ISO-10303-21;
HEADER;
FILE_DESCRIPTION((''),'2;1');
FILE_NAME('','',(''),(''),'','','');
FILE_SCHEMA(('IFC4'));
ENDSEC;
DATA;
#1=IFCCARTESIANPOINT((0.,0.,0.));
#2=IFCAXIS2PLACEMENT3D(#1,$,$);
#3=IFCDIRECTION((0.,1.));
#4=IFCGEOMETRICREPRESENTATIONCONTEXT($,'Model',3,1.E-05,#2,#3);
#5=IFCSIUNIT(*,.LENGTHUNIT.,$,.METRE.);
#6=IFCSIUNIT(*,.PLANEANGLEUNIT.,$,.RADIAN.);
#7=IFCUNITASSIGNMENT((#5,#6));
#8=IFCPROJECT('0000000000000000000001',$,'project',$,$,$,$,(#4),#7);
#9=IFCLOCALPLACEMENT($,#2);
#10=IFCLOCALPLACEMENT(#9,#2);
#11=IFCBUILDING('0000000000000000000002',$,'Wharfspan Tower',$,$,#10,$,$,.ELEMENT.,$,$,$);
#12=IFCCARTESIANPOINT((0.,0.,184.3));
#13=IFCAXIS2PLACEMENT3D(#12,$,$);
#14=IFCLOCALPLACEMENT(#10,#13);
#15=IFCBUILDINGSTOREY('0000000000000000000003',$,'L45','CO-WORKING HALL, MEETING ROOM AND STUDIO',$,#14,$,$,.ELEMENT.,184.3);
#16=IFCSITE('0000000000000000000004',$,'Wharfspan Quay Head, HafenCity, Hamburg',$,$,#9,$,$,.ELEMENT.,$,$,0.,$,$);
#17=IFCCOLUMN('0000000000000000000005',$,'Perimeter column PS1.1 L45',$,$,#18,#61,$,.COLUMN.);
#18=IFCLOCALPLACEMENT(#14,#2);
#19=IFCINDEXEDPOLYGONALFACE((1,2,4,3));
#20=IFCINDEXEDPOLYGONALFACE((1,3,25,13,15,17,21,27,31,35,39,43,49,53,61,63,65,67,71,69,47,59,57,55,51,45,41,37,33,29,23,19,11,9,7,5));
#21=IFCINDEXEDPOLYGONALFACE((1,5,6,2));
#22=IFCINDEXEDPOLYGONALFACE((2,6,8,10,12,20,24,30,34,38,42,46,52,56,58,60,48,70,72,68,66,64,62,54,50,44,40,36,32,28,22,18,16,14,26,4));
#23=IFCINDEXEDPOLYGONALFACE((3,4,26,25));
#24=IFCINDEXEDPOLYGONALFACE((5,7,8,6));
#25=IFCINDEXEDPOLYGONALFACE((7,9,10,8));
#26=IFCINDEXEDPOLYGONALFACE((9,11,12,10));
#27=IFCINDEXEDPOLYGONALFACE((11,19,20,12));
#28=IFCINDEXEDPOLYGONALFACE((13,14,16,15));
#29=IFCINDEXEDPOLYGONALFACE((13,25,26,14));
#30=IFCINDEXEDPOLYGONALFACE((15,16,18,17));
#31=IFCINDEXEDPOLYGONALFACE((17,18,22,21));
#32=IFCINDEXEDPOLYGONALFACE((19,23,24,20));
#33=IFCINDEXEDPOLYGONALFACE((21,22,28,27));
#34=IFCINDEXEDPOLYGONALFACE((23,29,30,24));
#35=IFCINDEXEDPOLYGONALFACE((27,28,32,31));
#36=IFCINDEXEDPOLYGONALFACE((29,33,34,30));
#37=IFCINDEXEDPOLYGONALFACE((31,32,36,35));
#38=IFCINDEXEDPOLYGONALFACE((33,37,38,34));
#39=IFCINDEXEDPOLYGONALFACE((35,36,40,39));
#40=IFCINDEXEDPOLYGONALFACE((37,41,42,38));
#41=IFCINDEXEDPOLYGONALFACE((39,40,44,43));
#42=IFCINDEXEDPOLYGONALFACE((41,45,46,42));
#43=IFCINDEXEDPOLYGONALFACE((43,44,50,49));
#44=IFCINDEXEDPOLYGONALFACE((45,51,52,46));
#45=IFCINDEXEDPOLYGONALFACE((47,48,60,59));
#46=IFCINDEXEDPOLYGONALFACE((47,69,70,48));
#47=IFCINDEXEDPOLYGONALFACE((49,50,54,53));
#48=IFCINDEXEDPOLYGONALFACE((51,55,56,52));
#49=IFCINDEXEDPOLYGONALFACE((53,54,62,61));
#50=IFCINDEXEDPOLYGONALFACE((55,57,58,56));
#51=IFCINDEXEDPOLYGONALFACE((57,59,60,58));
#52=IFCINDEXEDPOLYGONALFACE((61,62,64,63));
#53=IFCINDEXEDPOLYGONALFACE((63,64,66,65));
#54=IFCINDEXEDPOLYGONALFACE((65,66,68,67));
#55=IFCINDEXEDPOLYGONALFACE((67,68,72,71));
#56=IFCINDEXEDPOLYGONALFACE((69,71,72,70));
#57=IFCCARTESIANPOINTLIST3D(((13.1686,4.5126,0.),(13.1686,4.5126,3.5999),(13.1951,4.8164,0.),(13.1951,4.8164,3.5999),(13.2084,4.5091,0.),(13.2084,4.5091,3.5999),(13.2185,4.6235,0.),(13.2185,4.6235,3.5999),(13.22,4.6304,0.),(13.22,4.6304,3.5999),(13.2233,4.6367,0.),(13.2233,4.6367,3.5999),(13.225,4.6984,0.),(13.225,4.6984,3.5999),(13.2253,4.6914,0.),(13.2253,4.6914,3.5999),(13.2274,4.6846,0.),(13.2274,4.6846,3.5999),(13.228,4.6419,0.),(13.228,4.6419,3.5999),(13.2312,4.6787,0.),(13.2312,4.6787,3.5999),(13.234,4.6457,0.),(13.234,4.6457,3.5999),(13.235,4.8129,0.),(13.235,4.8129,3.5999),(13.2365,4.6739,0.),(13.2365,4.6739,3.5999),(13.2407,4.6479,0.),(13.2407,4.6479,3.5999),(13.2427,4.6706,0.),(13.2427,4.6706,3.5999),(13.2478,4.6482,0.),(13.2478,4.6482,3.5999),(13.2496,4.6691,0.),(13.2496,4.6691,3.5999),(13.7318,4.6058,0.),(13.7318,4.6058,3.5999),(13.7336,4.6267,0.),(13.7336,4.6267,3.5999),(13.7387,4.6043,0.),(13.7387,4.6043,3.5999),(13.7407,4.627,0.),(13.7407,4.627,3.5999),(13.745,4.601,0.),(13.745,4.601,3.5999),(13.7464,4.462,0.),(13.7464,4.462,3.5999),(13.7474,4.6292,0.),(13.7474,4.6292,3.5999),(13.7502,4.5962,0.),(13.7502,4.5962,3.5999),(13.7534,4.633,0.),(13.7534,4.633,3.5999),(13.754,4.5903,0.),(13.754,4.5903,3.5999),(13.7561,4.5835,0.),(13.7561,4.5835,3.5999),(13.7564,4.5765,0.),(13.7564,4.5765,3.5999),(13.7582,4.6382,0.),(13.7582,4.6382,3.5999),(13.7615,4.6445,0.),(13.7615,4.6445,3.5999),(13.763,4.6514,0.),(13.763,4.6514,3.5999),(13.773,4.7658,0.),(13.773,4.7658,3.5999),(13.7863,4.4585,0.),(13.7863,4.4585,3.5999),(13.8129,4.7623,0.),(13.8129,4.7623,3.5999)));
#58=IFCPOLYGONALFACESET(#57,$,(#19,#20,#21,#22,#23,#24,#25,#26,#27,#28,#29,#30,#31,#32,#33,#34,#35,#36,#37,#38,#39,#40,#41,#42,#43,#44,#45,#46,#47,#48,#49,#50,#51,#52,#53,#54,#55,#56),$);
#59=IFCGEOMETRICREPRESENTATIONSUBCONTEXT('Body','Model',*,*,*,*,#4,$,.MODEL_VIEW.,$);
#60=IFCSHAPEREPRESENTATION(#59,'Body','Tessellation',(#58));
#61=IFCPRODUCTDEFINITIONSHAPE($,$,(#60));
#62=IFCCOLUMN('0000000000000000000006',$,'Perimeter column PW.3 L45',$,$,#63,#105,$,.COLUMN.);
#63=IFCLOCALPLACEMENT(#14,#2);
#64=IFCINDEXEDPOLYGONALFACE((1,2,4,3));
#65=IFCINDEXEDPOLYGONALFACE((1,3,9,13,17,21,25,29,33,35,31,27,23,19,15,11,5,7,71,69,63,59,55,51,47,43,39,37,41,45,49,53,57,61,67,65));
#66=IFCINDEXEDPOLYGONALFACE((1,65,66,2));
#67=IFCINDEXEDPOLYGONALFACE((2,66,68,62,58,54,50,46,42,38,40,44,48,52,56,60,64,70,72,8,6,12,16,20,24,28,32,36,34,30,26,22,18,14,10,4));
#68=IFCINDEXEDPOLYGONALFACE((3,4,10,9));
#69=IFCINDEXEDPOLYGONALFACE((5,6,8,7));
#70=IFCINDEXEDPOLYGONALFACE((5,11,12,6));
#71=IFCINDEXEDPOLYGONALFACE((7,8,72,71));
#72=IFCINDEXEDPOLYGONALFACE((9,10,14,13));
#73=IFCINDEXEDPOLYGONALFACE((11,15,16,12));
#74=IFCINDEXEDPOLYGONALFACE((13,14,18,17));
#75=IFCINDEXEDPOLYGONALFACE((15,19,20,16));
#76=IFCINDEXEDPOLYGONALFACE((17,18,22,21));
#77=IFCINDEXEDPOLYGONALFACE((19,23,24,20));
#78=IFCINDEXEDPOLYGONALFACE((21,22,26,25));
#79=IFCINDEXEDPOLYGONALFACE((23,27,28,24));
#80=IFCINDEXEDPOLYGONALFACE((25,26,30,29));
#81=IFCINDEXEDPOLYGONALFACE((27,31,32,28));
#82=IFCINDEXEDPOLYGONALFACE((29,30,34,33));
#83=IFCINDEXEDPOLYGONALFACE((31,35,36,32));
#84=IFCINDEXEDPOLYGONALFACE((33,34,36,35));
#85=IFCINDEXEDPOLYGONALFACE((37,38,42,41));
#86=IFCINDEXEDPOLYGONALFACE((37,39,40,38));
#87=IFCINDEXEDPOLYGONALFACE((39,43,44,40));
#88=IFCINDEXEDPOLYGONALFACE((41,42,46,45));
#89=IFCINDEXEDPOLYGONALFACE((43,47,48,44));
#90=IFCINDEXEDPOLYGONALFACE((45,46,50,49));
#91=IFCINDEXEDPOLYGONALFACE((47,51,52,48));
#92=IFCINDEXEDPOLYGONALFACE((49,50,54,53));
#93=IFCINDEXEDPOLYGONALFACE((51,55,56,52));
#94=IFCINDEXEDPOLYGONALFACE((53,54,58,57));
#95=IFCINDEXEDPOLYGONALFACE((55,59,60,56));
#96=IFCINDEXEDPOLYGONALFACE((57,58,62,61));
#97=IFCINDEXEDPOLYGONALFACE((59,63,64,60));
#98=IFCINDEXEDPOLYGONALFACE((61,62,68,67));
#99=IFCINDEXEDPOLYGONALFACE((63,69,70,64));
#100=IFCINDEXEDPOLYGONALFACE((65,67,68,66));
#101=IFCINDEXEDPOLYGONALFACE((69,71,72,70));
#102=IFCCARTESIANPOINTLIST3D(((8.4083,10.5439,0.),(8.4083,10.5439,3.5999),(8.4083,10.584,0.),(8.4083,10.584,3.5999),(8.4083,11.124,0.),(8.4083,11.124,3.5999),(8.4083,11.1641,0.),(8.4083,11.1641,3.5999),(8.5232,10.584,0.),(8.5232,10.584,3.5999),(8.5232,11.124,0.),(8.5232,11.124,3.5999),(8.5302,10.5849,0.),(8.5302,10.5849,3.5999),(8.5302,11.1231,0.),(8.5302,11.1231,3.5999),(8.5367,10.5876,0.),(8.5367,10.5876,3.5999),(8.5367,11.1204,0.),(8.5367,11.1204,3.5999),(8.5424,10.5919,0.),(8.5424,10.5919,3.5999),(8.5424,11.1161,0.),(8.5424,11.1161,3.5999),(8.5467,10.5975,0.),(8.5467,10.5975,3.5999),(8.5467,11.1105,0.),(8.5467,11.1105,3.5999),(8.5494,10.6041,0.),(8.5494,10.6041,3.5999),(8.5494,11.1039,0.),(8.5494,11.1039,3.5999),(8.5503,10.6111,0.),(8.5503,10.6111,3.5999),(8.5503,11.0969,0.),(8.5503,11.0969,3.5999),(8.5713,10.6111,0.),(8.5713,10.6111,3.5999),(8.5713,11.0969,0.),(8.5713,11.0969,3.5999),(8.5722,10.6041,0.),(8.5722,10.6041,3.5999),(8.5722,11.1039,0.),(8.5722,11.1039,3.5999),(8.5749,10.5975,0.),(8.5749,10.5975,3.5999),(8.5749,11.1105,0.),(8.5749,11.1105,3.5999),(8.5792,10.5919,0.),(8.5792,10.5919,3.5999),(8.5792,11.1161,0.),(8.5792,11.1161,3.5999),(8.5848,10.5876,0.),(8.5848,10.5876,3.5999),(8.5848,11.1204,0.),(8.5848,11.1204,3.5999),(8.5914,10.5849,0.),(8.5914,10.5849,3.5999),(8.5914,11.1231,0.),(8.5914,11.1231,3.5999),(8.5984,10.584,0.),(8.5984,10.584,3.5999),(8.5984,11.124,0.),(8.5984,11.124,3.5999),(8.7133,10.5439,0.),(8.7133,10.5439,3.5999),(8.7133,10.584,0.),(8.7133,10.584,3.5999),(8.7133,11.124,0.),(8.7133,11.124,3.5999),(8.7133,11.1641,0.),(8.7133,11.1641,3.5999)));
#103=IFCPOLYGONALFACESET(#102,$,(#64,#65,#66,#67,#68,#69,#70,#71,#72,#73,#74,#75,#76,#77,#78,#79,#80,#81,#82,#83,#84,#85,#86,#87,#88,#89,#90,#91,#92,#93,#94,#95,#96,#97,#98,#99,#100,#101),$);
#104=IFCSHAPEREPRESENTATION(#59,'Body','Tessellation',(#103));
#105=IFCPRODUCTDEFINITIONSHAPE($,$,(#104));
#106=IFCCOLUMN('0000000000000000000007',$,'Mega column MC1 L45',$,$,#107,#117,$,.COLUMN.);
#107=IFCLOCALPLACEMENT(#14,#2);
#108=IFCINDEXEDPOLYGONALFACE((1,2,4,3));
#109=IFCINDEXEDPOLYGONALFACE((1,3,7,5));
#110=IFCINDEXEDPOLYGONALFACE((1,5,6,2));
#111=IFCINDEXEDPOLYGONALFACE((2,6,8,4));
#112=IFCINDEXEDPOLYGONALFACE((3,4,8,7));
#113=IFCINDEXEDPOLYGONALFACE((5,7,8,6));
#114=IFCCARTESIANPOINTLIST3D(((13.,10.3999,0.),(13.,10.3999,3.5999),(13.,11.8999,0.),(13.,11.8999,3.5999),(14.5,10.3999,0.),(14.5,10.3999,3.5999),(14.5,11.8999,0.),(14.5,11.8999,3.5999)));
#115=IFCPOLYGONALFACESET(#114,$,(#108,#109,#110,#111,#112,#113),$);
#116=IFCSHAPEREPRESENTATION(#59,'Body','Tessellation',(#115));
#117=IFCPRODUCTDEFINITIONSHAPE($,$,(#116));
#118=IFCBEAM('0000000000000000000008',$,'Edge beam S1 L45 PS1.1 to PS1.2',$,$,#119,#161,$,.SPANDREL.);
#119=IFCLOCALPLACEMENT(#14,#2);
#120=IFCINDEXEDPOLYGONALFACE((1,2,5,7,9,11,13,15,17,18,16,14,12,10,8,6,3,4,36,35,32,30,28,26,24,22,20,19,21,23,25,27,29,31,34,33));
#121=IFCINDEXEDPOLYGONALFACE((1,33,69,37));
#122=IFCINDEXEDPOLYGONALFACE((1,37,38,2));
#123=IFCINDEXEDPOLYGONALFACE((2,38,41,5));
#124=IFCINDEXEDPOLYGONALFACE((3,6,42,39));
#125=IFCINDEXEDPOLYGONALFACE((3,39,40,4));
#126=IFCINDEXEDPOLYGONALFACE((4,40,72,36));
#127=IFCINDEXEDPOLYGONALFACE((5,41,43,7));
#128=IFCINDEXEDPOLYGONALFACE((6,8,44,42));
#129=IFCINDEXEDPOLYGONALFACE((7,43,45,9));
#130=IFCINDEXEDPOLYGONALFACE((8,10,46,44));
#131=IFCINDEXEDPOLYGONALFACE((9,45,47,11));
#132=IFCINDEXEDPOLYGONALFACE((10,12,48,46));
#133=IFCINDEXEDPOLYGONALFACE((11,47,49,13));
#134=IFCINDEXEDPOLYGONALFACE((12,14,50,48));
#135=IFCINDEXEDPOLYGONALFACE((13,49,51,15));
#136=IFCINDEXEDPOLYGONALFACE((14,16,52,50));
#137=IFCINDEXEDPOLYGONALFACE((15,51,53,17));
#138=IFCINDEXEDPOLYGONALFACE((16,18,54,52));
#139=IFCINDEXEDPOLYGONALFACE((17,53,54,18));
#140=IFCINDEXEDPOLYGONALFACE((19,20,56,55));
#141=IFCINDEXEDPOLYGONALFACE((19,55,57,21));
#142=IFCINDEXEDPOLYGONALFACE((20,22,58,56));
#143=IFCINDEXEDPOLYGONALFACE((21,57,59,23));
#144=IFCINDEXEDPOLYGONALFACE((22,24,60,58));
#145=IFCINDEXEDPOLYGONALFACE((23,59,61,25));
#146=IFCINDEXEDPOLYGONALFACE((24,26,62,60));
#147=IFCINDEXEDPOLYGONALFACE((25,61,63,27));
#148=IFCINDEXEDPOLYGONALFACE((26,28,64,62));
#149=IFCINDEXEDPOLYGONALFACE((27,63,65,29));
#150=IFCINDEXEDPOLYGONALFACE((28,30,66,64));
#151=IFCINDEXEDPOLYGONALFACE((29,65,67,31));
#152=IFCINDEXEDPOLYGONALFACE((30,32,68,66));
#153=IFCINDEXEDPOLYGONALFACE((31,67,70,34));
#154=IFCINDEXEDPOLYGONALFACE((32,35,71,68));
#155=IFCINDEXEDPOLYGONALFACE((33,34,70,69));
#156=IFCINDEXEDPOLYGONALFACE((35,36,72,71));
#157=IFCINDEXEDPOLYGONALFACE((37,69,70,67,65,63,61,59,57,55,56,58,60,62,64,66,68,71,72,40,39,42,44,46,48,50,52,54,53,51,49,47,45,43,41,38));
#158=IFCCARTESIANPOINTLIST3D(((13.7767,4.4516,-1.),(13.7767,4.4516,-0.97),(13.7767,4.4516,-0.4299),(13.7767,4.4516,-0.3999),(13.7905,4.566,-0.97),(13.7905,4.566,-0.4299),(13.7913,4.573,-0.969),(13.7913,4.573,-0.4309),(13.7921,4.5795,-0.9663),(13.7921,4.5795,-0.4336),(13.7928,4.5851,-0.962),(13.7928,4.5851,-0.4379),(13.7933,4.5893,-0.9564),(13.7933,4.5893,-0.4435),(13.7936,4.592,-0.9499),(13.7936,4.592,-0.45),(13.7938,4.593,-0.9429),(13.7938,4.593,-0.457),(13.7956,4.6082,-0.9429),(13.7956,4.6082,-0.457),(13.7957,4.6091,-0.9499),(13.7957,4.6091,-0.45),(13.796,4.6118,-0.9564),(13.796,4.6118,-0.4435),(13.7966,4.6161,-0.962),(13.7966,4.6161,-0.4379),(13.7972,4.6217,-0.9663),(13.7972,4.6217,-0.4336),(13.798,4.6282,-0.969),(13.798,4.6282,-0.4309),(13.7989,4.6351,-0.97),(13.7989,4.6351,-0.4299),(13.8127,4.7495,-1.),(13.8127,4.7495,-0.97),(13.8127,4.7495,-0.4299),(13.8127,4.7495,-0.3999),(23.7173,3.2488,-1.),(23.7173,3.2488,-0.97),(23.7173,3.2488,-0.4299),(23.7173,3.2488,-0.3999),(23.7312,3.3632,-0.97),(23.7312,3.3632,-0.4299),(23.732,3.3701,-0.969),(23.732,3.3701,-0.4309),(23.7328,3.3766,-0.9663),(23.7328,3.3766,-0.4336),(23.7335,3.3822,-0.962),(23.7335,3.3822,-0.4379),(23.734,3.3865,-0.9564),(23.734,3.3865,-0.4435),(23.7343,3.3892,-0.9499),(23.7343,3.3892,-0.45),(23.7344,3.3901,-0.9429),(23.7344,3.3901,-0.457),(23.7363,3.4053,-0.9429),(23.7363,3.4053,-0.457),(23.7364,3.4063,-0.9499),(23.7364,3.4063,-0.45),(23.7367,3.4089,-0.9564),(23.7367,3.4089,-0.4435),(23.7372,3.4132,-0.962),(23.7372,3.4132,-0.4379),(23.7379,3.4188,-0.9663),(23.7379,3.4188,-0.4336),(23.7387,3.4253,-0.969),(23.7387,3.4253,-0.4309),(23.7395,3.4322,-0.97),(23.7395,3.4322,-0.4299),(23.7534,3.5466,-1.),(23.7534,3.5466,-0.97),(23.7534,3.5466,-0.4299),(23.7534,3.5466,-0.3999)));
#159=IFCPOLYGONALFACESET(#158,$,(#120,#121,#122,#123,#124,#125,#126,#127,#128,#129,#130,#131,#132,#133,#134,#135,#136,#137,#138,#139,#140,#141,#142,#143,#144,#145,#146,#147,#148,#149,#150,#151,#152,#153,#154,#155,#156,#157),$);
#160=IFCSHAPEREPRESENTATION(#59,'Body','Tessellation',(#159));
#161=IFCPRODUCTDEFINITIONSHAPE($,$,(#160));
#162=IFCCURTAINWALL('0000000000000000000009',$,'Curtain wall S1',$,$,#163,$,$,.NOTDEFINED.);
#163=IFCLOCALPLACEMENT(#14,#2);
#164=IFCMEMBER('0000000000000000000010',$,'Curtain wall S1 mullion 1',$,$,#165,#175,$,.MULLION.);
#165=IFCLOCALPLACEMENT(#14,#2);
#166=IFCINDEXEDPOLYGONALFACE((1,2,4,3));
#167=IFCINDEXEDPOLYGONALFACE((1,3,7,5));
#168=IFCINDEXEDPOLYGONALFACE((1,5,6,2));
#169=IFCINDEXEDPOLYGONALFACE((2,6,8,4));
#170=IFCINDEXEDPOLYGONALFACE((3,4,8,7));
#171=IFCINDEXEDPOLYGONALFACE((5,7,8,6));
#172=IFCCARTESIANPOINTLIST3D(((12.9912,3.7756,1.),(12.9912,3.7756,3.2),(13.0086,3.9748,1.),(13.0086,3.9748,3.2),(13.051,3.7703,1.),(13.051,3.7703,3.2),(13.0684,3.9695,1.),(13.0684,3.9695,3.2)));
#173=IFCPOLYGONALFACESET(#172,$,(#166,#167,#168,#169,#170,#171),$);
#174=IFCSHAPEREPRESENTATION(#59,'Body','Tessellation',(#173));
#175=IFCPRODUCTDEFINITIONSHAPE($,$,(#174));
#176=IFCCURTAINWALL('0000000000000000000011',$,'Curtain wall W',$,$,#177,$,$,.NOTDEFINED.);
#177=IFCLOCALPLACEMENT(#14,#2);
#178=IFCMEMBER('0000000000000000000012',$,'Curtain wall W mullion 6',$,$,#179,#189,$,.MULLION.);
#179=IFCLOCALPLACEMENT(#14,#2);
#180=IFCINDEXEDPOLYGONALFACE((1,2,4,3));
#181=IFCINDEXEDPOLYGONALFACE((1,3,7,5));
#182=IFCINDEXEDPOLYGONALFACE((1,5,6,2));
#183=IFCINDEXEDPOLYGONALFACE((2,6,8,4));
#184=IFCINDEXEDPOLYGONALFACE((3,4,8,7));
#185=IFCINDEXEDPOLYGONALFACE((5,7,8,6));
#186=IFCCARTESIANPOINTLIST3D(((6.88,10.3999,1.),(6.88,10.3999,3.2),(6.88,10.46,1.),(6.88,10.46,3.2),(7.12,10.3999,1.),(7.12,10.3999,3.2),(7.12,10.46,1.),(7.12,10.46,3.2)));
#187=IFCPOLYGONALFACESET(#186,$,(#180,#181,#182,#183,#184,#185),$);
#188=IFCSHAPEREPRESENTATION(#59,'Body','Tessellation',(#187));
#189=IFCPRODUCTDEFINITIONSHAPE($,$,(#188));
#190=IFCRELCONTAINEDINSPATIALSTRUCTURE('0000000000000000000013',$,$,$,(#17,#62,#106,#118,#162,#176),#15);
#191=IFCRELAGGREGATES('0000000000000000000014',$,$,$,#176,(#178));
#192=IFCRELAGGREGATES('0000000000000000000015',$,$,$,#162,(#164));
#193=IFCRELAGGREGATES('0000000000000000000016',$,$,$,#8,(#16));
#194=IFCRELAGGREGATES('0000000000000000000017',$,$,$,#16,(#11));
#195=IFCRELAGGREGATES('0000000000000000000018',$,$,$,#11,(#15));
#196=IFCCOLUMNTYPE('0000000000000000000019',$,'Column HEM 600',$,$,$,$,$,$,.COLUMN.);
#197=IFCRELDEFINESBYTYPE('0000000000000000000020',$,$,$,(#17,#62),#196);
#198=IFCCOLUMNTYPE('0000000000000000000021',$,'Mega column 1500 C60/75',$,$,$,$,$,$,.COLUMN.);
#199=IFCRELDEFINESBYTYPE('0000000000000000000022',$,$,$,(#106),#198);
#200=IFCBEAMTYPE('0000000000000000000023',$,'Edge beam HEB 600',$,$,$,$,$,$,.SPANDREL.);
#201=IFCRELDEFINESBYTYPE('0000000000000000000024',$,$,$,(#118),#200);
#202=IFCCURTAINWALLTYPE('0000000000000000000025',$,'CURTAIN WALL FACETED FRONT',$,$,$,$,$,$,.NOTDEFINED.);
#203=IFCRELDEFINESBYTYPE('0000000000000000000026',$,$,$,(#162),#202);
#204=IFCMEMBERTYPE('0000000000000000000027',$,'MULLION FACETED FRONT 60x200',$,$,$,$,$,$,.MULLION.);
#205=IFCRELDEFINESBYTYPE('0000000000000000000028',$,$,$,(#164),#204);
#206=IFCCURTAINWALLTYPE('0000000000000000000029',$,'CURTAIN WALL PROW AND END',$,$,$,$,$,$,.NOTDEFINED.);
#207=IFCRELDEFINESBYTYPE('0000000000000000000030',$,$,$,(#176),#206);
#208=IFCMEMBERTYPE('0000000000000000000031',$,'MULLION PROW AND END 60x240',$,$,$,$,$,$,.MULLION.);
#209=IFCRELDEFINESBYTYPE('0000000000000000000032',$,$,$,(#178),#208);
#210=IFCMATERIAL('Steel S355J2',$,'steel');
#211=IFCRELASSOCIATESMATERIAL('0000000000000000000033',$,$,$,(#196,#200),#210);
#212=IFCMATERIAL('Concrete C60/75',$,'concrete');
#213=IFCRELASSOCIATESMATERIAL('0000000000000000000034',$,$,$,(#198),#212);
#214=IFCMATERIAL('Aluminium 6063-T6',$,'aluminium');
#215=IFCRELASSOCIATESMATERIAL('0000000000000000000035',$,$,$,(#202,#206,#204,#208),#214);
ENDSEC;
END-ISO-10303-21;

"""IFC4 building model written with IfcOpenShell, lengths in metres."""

from ifc_helpers import new_model, si_unit, direction, frame, origin, origin_2d, place, context, subcontext, project, spatial, rectangle, i_section, extrude, material, material_profile, profile_set, type_object, element, aggregate, save


model = new_model("IFC4")

# Units and contexts
model_context = context("Model", 3, precision=1e-05, world=origin(), true_north=direction((0.0, 1.0)))
body_context = subcontext(model_context, "Body", "Model", "MODEL_VIEW")
ifc_project = project(units=[si_unit("LENGTHUNIT", "METRE"), si_unit("PLANEANGLEUNIT", "RADIAN")], contexts=[model_context])

# Site, building, storey
site_placement = place(None, origin())
site = spatial("IfcSite", under=ifc_project, at=site_placement, Name="Wharfspan Quay Head, HafenCity, Hamburg", CompositionType="ELEMENT", RefElevation=0.0)
building_placement = place(site_placement, origin())
building = spatial("IfcBuilding", under=site, at=building_placement, Name="Wharfspan Tower", CompositionType="ELEMENT")
storey_placement = place(building_placement, frame((0.0, 0.0, 184.3)))
storey = spatial("IfcBuildingStorey", under=building, at=storey_placement, Name="L45", Description="CO-WORKING HALL, MEETING ROOM AND STUDIO", CompositionType="ELEMENT", Elevation=184.3)

# Columns
ifc_material_1 = material(Name="Steel S355J2", Category="steel")
ifc_material_profile_1 = material_profile(ifc_material_1, i_section(OverallWidth=0.3049, OverallDepth=0.6201, WebThickness=0.021, FlangeThickness=0.04, FilletRadius=0.0271, at=origin_2d()))
ifc_profile_set_1 = profile_set([ifc_material_profile_1], Name="Steel S355J2")
column_type_1 = type_object("IfcColumnType", Name="Column HEM 600", PredefinedType="COLUMN", material=ifc_profile_set_1)
for number, where, z_axis, x_axis, name in (
    (1, (13.4907, 4.6375, 0.0), (0.0, 0.0, 1.0), (-0.087156, -0.996198, 0.0), "Perimeter column PS1.1 L45"),
    (2, (8.5608, 10.854, 0.0), (0.0, 0.0, 1.0), (-1.0, 0.0, 0.0), "Perimeter column PW.3 L45"),
):
    element("IfcColumn", number, at=place(storey_placement, frame(where, z_axis=z_axis, x_axis=x_axis)), inside=storey, type_object=column_type_1, Name=name, PredefinedType="COLUMN", context=body_context, shape_type="SweptSolid", body=[
        extrude(i_section(OverallWidth=0.3049, OverallDepth=0.6201, WebThickness=0.021, FlangeThickness=0.04, FilletRadius=0.0271, at=origin_2d()), origin(), (0.0, 0.0, 1.0), 3.5999),
    ])
ifc_material_2 = material(Name="Concrete C60/75", Category="concrete")
ifc_material_profile_2 = material_profile(ifc_material_2, rectangle(XDim=1.5, YDim=1.5, at=origin_2d()))
ifc_profile_set_2 = profile_set([ifc_material_profile_2], Name="Concrete C60/75")
column_type_2 = type_object("IfcColumnType", Name="Mega column 1500 C60/75", PredefinedType="COLUMN", material=ifc_profile_set_2)
column_placement = place(storey_placement, frame((13.75, 11.1499, 0.0), z_axis=(0.0, 0.0, 1.0), x_axis=(1.0, 0.0, 0.0)))
element("IfcColumn", 3, at=column_placement, inside=storey, type_object=column_type_2, Name="Mega column MC1 L45", PredefinedType="COLUMN", context=body_context, shape_type="SweptSolid", body=[
    extrude(rectangle(XDim=1.5, YDim=1.5, at=origin_2d()), origin(), (0.0, 0.0, 1.0), 3.5999),
])

# Beam
ifc_material_profile_3 = material_profile(ifc_material_1, i_section(OverallWidth=0.3, OverallDepth=0.6001, WebThickness=0.0154, FlangeThickness=0.03, FilletRadius=0.0271, at=origin_2d()))
ifc_profile_set_3 = profile_set([ifc_material_profile_3], Name="Steel S355J2")
beam_type = type_object("IfcBeamType", Name="Edge beam HEB 600", PredefinedType="SPANDREL", material=ifc_profile_set_3)
beam_placement = place(storey_placement, frame((13.7947, 4.6006, -0.7), z_axis=(0.992758, -0.12013, 0.0), x_axis=(0.12013, 0.992758, 0.0)))
element("IfcBeam", 4, at=beam_placement, inside=storey, type_object=beam_type, Name="Edge beam S1 L45 PS1.1 to PS1.2", PredefinedType="SPANDREL", context=body_context, shape_type="SweptSolid", body=[
    extrude(i_section(OverallWidth=0.3, OverallDepth=0.6001, WebThickness=0.0154, FlangeThickness=0.03, FilletRadius=0.0271, at=origin_2d()), origin(), (0.0, 0.0, 1.0), 10.0132),
])

# Curtain walls, members
ifc_material_3 = material(Name="Aluminium 6063-T6", Category="aluminium")
curtain_wall_type_1 = type_object("IfcCurtainWallType", Name="CURTAIN WALL FACETED FRONT", PredefinedType="NOTDEFINED", material=ifc_material_3)
curtain_wall_1_placement = place(storey_placement, origin())
curtain_wall_1 = element("IfcCurtainWall", 5, at=curtain_wall_1_placement, inside=storey, type_object=curtain_wall_type_1, Name="Curtain wall S1", PredefinedType="NOTDEFINED")
ifc_material_profile_4 = material_profile(ifc_material_3, rectangle(XDim=0.2, YDim=0.0601, at=origin_2d()))
ifc_profile_set_4 = profile_set([ifc_material_profile_4], Name="Aluminium 6063-T6")
member_type_1 = type_object("IfcMemberType", Name="MULLION FACETED FRONT 60x200", PredefinedType="MULLION", material=ifc_profile_set_4)
member_1_placement = place(storey_placement, frame((13.0298, 3.8726, 1.0), z_axis=(0.0, 0.0, 1.0), x_axis=(0.087156, 0.996198, 0.0)))
member_1 = element("IfcMember", 6, at=member_1_placement, type_object=member_type_1, Name="Curtain wall S1 mullion 1", PredefinedType="MULLION", context=body_context, shape_type="SweptSolid", body=[
    extrude(rectangle(XDim=0.2, YDim=0.0601, at=origin_2d()), origin(), (0.0, 0.0, 1.0), 2.2),
])
curtain_wall_type_2 = type_object("IfcCurtainWallType", Name="CURTAIN WALL PROW AND END", PredefinedType="NOTDEFINED", material=ifc_material_3)
curtain_wall_2_placement = place(storey_placement, origin())
curtain_wall_2 = element("IfcCurtainWall", 7, at=curtain_wall_2_placement, inside=storey, type_object=curtain_wall_type_2, Name="Curtain wall W", PredefinedType="NOTDEFINED")
ifc_material_profile_5 = material_profile(ifc_material_3, rectangle(XDim=0.24, YDim=0.0601, at=origin_2d()))
ifc_profile_set_5 = profile_set([ifc_material_profile_5], Name="Aluminium 6063-T6")
member_type_2 = type_object("IfcMemberType", Name="MULLION PROW AND END 60x240", PredefinedType="MULLION", material=ifc_profile_set_5)
member_2_placement = place(storey_placement, frame((7.0, 10.4299, 1.0), z_axis=(0.0, 0.0, 1.0), x_axis=(1.0, 0.0, 0.0)))
member_2 = element("IfcMember", 8, at=member_2_placement, type_object=member_type_2, Name="Curtain wall W mullion 6", PredefinedType="MULLION", context=body_context, shape_type="SweptSolid", body=[
    extrude(rectangle(XDim=0.24, YDim=0.0601, at=origin_2d()), origin(), (0.0, 0.0, 1.0), 2.2),
])
aggregate(curtain_wall_2, [member_2])

aggregate(curtain_wall_1, [member_1])

save(model, "model.ifc")
